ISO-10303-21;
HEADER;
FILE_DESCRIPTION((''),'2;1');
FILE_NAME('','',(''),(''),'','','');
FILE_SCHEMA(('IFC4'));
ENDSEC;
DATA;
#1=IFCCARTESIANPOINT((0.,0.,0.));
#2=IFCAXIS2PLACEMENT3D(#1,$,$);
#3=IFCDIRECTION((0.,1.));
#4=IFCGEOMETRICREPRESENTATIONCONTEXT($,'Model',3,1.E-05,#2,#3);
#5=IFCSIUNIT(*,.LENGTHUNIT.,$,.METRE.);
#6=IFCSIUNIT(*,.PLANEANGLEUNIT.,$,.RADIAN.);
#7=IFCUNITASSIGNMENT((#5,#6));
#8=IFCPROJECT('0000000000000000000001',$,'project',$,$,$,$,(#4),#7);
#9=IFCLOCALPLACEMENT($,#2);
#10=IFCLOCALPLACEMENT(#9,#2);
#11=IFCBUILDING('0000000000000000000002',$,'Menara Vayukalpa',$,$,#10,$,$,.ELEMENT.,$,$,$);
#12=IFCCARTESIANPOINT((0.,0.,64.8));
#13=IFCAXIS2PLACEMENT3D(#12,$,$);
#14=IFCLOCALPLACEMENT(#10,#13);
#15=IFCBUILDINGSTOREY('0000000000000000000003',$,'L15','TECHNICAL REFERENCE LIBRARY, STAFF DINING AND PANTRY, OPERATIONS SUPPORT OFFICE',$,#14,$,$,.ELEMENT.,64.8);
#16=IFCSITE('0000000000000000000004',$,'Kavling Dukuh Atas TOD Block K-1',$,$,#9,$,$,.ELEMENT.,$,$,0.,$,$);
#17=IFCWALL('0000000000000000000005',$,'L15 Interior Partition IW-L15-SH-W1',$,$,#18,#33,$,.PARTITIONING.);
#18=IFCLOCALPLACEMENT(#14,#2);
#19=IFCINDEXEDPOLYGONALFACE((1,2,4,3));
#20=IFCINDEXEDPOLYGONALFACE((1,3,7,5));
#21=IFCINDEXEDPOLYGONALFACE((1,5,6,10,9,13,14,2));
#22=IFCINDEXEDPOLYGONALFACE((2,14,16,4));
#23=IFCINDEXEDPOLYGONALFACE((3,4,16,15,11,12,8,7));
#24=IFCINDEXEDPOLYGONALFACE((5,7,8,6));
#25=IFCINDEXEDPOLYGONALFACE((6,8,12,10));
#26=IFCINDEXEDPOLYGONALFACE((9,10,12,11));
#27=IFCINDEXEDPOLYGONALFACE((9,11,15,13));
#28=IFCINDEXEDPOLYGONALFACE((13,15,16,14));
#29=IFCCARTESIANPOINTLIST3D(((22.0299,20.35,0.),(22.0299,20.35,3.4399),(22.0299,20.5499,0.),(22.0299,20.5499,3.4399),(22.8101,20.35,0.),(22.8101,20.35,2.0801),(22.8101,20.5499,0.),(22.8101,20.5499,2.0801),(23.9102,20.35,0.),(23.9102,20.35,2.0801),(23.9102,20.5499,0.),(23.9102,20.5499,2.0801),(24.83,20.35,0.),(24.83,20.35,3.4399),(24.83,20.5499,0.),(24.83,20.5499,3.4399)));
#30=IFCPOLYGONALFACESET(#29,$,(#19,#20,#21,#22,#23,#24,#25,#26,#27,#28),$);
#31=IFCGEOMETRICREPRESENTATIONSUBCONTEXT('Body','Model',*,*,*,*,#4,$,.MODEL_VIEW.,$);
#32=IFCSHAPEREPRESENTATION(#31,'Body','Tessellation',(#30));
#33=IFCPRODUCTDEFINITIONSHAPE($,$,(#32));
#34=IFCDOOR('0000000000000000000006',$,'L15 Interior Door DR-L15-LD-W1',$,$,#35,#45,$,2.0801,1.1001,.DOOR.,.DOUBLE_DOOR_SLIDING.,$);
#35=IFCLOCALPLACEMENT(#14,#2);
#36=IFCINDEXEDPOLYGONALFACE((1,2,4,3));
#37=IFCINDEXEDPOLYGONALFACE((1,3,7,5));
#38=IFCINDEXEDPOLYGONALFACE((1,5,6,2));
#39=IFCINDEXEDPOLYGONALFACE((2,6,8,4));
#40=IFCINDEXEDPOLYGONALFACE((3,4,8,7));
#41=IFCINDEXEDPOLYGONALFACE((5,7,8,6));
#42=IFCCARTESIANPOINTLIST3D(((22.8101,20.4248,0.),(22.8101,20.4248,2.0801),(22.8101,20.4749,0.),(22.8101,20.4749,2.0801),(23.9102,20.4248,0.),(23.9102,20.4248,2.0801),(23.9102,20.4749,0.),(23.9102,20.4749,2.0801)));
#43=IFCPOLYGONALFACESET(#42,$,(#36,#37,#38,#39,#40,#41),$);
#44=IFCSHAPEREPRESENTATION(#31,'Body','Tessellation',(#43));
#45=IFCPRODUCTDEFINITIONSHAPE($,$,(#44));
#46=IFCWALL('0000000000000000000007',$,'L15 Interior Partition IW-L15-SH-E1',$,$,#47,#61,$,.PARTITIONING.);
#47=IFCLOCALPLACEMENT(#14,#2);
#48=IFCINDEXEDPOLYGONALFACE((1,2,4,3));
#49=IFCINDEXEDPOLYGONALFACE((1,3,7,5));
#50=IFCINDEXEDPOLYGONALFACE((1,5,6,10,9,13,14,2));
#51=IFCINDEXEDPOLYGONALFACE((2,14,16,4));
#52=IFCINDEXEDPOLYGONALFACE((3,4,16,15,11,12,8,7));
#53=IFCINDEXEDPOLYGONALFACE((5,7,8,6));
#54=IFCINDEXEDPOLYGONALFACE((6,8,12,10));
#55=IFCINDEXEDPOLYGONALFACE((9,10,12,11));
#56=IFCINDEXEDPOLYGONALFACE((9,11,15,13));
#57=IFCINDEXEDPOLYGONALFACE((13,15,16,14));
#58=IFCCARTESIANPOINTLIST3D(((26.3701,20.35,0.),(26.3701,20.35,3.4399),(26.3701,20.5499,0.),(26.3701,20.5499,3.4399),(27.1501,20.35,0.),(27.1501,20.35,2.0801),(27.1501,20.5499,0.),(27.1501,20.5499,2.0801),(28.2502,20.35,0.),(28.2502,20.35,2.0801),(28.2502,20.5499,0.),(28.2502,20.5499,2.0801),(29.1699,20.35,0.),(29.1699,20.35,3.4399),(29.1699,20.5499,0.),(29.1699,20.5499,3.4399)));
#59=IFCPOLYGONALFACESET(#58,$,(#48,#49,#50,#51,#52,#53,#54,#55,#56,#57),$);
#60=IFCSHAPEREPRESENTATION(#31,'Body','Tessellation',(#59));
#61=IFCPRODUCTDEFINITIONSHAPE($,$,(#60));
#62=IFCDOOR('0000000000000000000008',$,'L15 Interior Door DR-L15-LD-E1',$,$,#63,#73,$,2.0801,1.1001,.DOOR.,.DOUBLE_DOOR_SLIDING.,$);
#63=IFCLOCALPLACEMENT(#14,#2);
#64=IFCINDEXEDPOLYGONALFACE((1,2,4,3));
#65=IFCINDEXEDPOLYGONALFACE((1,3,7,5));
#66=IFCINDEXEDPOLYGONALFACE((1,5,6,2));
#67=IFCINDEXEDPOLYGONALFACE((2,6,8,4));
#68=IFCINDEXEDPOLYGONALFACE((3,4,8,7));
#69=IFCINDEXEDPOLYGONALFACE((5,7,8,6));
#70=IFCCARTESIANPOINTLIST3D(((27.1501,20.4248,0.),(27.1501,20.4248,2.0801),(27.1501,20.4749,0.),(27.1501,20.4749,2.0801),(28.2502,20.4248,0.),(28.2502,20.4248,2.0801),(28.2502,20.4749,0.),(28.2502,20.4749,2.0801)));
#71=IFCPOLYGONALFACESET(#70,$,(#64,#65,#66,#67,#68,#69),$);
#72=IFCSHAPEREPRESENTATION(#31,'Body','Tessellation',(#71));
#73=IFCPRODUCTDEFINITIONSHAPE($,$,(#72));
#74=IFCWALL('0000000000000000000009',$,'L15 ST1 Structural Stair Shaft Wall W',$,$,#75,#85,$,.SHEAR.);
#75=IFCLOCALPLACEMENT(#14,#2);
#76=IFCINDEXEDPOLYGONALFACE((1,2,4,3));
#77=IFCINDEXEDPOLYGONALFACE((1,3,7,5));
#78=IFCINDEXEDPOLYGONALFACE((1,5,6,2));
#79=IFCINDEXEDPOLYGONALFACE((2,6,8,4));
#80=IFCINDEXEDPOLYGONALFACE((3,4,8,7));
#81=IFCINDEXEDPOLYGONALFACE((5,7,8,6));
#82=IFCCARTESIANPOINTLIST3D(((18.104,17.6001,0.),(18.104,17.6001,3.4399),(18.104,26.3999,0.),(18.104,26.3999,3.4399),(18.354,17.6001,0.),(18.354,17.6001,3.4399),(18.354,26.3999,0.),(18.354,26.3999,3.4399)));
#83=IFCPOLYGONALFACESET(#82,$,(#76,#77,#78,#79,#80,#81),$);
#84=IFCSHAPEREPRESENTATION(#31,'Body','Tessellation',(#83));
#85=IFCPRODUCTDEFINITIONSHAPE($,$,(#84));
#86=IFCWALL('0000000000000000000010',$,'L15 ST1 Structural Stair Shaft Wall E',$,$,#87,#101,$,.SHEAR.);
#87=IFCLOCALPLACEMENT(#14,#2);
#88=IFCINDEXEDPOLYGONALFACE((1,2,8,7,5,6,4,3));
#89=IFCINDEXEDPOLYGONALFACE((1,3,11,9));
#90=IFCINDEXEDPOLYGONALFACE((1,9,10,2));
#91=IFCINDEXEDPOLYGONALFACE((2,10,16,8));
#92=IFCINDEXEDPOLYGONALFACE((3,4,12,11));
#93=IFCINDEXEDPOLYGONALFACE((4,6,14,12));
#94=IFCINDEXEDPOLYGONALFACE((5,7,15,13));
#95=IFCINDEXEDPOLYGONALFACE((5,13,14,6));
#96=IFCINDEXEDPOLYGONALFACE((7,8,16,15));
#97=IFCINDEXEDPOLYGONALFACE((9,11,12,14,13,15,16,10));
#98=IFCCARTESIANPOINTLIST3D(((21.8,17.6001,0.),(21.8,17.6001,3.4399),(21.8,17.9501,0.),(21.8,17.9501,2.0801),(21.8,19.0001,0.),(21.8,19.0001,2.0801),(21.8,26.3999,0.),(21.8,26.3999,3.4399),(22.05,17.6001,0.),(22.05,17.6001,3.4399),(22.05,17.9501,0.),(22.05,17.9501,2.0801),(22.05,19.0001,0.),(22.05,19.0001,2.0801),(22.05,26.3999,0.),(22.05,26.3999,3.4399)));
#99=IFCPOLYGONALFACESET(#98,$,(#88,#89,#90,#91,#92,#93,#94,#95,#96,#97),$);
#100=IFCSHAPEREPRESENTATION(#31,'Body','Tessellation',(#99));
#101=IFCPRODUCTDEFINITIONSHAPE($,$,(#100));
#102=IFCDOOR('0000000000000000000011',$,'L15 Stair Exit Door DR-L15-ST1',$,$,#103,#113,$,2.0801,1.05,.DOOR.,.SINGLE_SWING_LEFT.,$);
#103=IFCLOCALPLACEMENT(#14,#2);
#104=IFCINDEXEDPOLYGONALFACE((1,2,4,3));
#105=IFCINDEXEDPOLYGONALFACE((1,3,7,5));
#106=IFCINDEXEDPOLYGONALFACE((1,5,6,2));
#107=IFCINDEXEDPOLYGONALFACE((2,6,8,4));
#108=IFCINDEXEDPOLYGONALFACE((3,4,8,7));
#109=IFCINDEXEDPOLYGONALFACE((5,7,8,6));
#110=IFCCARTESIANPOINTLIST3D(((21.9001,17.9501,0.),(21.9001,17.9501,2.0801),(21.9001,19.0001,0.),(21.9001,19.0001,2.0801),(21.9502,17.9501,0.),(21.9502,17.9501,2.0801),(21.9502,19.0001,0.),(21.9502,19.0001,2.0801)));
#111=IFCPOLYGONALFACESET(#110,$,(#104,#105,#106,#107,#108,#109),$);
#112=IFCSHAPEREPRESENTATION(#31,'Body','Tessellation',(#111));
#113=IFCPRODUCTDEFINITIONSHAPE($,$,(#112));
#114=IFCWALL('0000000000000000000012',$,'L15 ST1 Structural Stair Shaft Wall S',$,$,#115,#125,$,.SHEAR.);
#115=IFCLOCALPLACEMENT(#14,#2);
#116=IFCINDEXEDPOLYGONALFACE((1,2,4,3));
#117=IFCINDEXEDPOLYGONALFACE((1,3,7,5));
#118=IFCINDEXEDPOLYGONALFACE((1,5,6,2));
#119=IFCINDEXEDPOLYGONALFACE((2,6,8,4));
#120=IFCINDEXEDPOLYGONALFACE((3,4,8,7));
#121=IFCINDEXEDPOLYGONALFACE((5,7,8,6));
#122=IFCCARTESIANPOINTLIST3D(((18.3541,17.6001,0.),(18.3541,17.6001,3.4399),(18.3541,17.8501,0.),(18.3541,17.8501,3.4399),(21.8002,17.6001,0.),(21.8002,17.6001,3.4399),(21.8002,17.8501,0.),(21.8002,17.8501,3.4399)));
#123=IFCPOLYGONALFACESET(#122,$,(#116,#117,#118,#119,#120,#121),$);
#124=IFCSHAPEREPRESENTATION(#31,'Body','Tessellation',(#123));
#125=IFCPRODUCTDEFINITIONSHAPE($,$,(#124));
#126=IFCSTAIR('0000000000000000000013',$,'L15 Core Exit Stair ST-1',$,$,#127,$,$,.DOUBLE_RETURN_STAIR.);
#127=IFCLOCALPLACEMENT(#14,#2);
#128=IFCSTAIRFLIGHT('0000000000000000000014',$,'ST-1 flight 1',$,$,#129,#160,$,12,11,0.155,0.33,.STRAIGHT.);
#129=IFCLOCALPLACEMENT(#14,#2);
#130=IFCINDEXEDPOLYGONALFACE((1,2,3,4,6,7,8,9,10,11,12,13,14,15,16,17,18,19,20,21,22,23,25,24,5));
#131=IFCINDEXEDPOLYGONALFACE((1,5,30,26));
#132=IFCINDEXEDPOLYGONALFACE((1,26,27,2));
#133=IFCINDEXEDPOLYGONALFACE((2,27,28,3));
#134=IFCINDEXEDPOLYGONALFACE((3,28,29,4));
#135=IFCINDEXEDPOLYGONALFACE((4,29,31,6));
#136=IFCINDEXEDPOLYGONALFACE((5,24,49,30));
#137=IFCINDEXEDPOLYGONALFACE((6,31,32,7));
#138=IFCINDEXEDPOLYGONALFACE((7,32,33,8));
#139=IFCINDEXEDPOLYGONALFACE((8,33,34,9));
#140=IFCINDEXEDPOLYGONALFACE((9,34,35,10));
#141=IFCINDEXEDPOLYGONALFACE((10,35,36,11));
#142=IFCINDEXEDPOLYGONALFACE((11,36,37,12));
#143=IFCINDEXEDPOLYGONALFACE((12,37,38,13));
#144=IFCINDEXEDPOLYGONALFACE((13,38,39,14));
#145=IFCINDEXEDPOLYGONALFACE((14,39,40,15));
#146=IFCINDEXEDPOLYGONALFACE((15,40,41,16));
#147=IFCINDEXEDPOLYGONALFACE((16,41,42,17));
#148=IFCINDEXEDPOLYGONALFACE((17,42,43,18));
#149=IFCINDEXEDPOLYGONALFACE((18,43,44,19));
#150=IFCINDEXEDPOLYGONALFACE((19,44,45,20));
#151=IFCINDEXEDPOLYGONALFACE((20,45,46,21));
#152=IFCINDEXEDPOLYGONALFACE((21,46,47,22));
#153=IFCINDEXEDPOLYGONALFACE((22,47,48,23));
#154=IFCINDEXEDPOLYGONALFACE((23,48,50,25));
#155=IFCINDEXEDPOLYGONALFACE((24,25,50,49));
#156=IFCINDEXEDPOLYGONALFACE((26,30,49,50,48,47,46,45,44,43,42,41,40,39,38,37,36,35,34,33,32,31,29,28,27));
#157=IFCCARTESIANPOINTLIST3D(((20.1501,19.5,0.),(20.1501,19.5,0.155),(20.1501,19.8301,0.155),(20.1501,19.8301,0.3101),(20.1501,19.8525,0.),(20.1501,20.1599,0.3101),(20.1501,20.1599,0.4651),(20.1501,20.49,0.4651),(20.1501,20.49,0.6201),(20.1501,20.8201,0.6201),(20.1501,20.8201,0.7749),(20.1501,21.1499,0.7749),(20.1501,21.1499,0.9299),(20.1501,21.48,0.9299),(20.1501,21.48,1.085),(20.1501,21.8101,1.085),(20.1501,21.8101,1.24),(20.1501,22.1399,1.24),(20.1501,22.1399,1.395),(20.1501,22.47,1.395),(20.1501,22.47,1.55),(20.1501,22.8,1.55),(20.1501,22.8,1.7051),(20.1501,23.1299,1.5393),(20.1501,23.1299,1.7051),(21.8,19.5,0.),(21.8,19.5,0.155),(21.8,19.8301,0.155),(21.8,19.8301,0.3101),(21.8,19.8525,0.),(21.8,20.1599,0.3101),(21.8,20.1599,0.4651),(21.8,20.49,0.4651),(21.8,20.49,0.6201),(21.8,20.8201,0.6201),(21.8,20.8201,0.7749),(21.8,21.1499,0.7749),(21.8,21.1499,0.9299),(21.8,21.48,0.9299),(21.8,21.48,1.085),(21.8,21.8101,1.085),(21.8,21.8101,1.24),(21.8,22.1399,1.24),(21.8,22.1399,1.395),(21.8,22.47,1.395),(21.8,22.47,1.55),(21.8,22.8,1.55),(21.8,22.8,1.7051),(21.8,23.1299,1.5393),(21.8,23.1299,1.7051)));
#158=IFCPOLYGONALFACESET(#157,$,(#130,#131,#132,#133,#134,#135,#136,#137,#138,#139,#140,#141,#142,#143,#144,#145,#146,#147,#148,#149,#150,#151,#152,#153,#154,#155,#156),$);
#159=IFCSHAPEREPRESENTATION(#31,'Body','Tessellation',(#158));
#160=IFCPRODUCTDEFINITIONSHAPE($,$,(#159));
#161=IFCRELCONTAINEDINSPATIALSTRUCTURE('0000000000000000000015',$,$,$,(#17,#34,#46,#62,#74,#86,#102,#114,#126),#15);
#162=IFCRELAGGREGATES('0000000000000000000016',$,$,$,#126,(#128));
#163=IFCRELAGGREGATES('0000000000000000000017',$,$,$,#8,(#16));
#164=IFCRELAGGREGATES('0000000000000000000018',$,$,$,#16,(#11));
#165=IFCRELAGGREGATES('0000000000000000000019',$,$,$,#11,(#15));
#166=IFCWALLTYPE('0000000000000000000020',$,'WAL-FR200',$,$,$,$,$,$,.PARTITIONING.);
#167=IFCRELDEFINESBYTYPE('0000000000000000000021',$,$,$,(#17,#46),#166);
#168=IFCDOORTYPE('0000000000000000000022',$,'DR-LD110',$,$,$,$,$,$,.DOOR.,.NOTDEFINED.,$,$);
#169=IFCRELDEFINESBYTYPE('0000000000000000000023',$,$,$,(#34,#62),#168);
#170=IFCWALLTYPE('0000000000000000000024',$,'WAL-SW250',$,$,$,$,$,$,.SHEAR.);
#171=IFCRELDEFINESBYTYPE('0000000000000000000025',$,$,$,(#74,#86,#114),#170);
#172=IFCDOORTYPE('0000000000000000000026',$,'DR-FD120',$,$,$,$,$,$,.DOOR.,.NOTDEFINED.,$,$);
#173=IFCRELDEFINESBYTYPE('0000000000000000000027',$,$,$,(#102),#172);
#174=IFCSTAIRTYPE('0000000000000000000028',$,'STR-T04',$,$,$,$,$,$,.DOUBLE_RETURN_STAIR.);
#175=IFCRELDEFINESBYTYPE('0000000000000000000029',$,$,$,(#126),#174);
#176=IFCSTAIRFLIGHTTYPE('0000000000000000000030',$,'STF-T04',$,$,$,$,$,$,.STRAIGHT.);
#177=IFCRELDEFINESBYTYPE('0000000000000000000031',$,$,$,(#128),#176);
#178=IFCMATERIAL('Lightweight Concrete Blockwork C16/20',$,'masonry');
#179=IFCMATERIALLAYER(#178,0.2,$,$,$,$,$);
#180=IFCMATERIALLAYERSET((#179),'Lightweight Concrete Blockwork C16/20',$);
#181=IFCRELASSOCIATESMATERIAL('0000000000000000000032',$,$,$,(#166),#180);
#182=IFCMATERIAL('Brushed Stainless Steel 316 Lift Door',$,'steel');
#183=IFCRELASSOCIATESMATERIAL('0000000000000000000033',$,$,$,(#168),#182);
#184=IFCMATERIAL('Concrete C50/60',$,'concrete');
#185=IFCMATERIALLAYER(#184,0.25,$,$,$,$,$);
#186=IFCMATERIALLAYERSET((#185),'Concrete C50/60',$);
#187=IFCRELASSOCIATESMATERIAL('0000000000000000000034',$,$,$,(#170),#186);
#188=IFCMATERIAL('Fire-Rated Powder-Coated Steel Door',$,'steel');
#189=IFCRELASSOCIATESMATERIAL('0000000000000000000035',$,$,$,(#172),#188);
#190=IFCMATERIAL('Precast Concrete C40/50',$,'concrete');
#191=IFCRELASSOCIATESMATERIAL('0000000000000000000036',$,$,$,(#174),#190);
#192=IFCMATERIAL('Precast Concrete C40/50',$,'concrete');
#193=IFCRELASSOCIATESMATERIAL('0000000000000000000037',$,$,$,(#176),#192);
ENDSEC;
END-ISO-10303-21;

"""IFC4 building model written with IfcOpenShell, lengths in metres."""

from ifc_helpers import new_model, si_unit, direction, frame, frame_2d, origin, place, context, subcontext, project, spatial, polyline, rectangle, outline, extrude, material, layer, layer_set, type_object, element, fill, aggregate, save


model = new_model("IFC4")

# Units and contexts
model_context = context("Model", 3, precision=1e-05, world=origin(), true_north=direction((0.0, 1.0)))
body_context = subcontext(model_context, "Body", "Model", "MODEL_VIEW")
ifc_project = project(units=[si_unit("LENGTHUNIT", "METRE"), si_unit("PLANEANGLEUNIT", "RADIAN")], contexts=[model_context])

# Site, building, storey
site_placement = place(None, origin())
site = spatial("IfcSite", under=ifc_project, at=site_placement, Name="Kavling Dukuh Atas TOD Block K-1", CompositionType="ELEMENT", RefElevation=0.0)
building_placement = place(site_placement, origin())
building = spatial("IfcBuilding", under=site, at=building_placement, Name="Menara Vayukalpa", CompositionType="ELEMENT")
storey_placement = place(building_placement, frame((0.0, 0.0, 64.8)))
storey = spatial("IfcBuildingStorey", under=building, at=storey_placement, Name="L15", Description="TECHNICAL REFERENCE LIBRARY, STAFF DINING AND PANTRY, OPERATIONS SUPPORT OFFICE", CompositionType="ELEMENT", Elevation=64.8)

# Walls, openings, doors
ifc_material_1 = material(Name="Lightweight Concrete Blockwork C16/20", Category="masonry")
ifc_layer_1 = layer(ifc_material_1, 0.2)
ifc_layer_set_1 = layer_set([ifc_layer_1], Name="Lightweight Concrete Blockwork C16/20")
wall_type_1 = type_object("IfcWallType", Name="WAL-FR200", PredefinedType="PARTITIONING", material=ifc_layer_set_1)
wall_1_placement = place(storey_placement, frame((22.03, 20.45, 0.0), z_axis=(0.0, 0.0, 1.0), x_axis=(1.0, 0.0, 0.0)))
wall_1 = element("IfcWall", 1, at=wall_1_placement, inside=storey, type_object=wall_type_1, Name="L15 Interior Partition IW-L15-SH-W1", PredefinedType="PARTITIONING", context=body_context, shape_type="SweptSolid", body=[
    extrude(rectangle(XDim=2.8, YDim=0.2, at=frame_2d((1.3999, 0.0))), origin(), (0.0, 0.0, 1.0), 3.4399),
])
opening_1_placement = place(wall_1_placement, frame((0.78, 0.0, 0.0)))
opening_1 = element("IfcOpeningElement", 2, at=opening_1_placement, cuts=wall_1, PredefinedType="OPENING", context=body_context, shape_type="SweptSolid", body=[
    extrude(rectangle(XDim=1.1001, YDim=2.0801, at=frame_2d((0.55, 1.04))), frame((0.0, 0.1099, 0.0), z_axis=(0.0, -1.0, 0.0), x_axis=(1.0, 0.0, 0.0)), (0.0, 0.0, 1.0), 0.22),
])
ifc_material_2 = material(Name="Brushed Stainless Steel 316 Lift Door", Category="steel")
door_type_1 = type_object("IfcDoorType", Name="DR-LD110", OperationType="NOTDEFINED", PredefinedType="DOOR", material=ifc_material_2)
door_1_placement = place(opening_1_placement, origin())
door_1 = element("IfcDoor", 3, at=door_1_placement, inside=storey, type_object=door_type_1, Name="L15 Interior Door DR-L15-LD-W1", OperationType="DOUBLE_DOOR_SLIDING", OverallHeight=2.0801, OverallWidth=1.1001, PredefinedType="DOOR", context=body_context, shape_type="SweptSolid", body=[
    extrude(rectangle(XDim=1.1001, YDim=2.0801, at=frame_2d((0.55, 1.04))), frame((0.0, 0.0249, 0.0), z_axis=(0.0, -1.0, 0.0), x_axis=(1.0, 0.0, 0.0)), (0.0, 0.0, 1.0), 0.05),
])
fill(opening_1, door_1)
wall_2_placement = place(storey_placement, frame((26.3701, 20.45, 0.0), z_axis=(0.0, 0.0, 1.0), x_axis=(1.0, 0.0, 0.0)))
wall_2 = element("IfcWall", 4, at=wall_2_placement, inside=storey, type_object=wall_type_1, Name="L15 Interior Partition IW-L15-SH-E1", PredefinedType="PARTITIONING", context=body_context, shape_type="SweptSolid", body=[
    extrude(rectangle(XDim=2.7998, YDim=0.2, at=frame_2d((1.3999, 0.0))), origin(), (0.0, 0.0, 1.0), 3.4399),
])
opening_2_placement = place(wall_2_placement, frame((0.78, 0.0, 0.0)))
opening_2 = element("IfcOpeningElement", 5, at=opening_2_placement, cuts=wall_2, PredefinedType="OPENING", context=body_context, shape_type="SweptSolid", body=[
    extrude(rectangle(XDim=1.1001, YDim=2.0801, at=frame_2d((0.55, 1.04))), frame((0.0, 0.1099, 0.0), z_axis=(0.0, -1.0, 0.0), x_axis=(1.0, 0.0, 0.0)), (0.0, 0.0, 1.0), 0.22),
])
door_2_placement = place(opening_2_placement, origin())
door_2 = element("IfcDoor", 6, at=door_2_placement, inside=storey, type_object=door_type_1, Name="L15 Interior Door DR-L15-LD-E1", OperationType="DOUBLE_DOOR_SLIDING", OverallHeight=2.0801, OverallWidth=1.1001, PredefinedType="DOOR", context=body_context, shape_type="SweptSolid", body=[
    extrude(rectangle(XDim=1.1001, YDim=2.0801, at=frame_2d((0.55, 1.04))), frame((0.0, 0.0249, 0.0), z_axis=(0.0, -1.0, 0.0), x_axis=(1.0, 0.0, 0.0)), (0.0, 0.0, 1.0), 0.05),
])
fill(opening_2, door_2)

# Wall
ifc_material_3 = material(Name="Concrete C50/60", Category="concrete")
ifc_layer_2 = layer(ifc_material_3, 0.25)
ifc_layer_set_2 = layer_set([ifc_layer_2], Name="Concrete C50/60")
wall_type_2 = type_object("IfcWallType", Name="WAL-SW250", PredefinedType="SHEAR", material=ifc_layer_set_2)
wall_3_placement = place(storey_placement, frame((18.229, 17.6001, 0.0), z_axis=(0.0, 0.0, 1.0), x_axis=(0.0, 1.0, 0.0)))
element("IfcWall", 7, at=wall_3_placement, inside=storey, type_object=wall_type_2, Name="L15 ST1 Structural Stair Shaft Wall W", PredefinedType="SHEAR", context=body_context, shape_type="SweptSolid", body=[
    extrude(rectangle(XDim=8.7998, YDim=0.25, at=frame_2d((4.3999, 0.0))), origin(), (0.0, 0.0, 1.0), 3.4399),
])

# Wall, opening, door
wall_4_placement = place(storey_placement, frame((21.925, 17.6001, 0.0), z_axis=(0.0, 0.0, 1.0), x_axis=(0.0, 1.0, 0.0)))
wall_4 = element("IfcWall", 8, at=wall_4_placement, inside=storey, type_object=wall_type_2, Name="L15 ST1 Structural Stair Shaft Wall E", PredefinedType="SHEAR", context=body_context, shape_type="SweptSolid", body=[
    extrude(rectangle(XDim=8.7998, YDim=0.25, at=frame_2d((4.3999, 0.0))), origin(), (0.0, 0.0, 1.0), 3.4399),
])
opening_3_placement = place(wall_4_placement, frame((0.3501, 0.0, 0.0)))
opening_3 = element("IfcOpeningElement", 9, at=opening_3_placement, cuts=wall_4, PredefinedType="OPENING", context=body_context, shape_type="SweptSolid", body=[
    extrude(rectangle(XDim=1.05, YDim=2.0801, at=frame_2d((0.5249, 1.04))), frame((0.0, 0.135, 0.0), z_axis=(0.0, -1.0, 0.0), x_axis=(1.0, 0.0, 0.0)), (0.0, 0.0, 1.0), 0.27),
])
ifc_material_4 = material(Name="Fire-Rated Powder-Coated Steel Door", Category="steel")
door_type_2 = type_object("IfcDoorType", Name="DR-FD120", OperationType="NOTDEFINED", PredefinedType="DOOR", material=ifc_material_4)
door_3_placement = place(opening_3_placement, origin())
door_3 = element("IfcDoor", 10, at=door_3_placement, inside=storey, type_object=door_type_2, Name="L15 Stair Exit Door DR-L15-ST1", OperationType="SINGLE_SWING_LEFT", OverallHeight=2.0801, OverallWidth=1.05, PredefinedType="DOOR", context=body_context, shape_type="SweptSolid", body=[
    extrude(rectangle(XDim=1.05, YDim=2.0801, at=frame_2d((0.5249, 1.04))), frame((0.0, 0.0249, 0.0), z_axis=(0.0, -1.0, 0.0), x_axis=(1.0, 0.0, 0.0)), (0.0, 0.0, 1.0), 0.05),
])
fill(opening_3, door_3)

# Wall
wall_5_placement = place(storey_placement, frame((18.354, 17.7251, 0.0), z_axis=(0.0, 0.0, 1.0), x_axis=(1.0, 0.0, 0.0)))
element("IfcWall", 11, at=wall_5_placement, inside=storey, type_object=wall_type_2, Name="L15 ST1 Structural Stair Shaft Wall S", PredefinedType="SHEAR", context=body_context, shape_type="SweptSolid", body=[
    extrude(rectangle(XDim=3.446, YDim=0.25, at=frame_2d((1.7231, 0.0))), origin(), (0.0, 0.0, 1.0), 3.4399),
])

# Stair, stair flight
ifc_material_5 = material(Name="Precast Concrete C40/50", Category="concrete")
stair_type = type_object("IfcStairType", Name="STR-T04", PredefinedType="DOUBLE_RETURN_STAIR", material=ifc_material_5)
stair_placement = place(storey_placement, origin())
stair = element("IfcStair", 12, at=stair_placement, inside=storey, type_object=stair_type, Name="L15 Core Exit Stair ST-1", PredefinedType="DOUBLE_RETURN_STAIR")
ifc_material_6 = material(Name="Precast Concrete C40/50", Category="concrete")
stair_flight_type = type_object("IfcStairFlightType", Name="STF-T04", PredefinedType="STRAIGHT", material=ifc_material_6)
stair_flight_placement = place(storey_placement, frame((20.9751, 19.5, 0.0), z_axis=(0.0, 0.0, 1.0), x_axis=(0.0, 1.0, 0.0)))
stair_flight = element("IfcStairFlight", 13, at=stair_flight_placement, type_object=stair_flight_type, Name="ST-1 flight 1", NumberOfRisers=12, NumberOfTreads=11, PredefinedType="STRAIGHT", RiserHeight=0.155, TreadLength=0.33, context=body_context, shape_type="SweptSolid", body=[
    extrude(outline(polyline([(0.0, 0.0), (0.0, 0.155), (0.3301, 0.155), (0.3301, 0.3101), (0.6599, 0.3101), (0.6599, 0.4651), (0.99, 0.4651), (0.99, 0.6201), (1.3201, 0.6201), (1.3201, 0.7749), (1.6499, 0.7749), (1.6499, 0.9299), (1.98, 0.9299), (1.98, 1.085), (2.3101, 1.085), (2.3101, 1.24), (2.6399, 1.24), (2.6399, 1.395), (2.97, 1.395), (2.97, 1.55), (3.3, 1.55), (3.3, 1.7051), (3.6299, 1.7051), (3.6299, 1.8601), (3.6299, 1.5393), (0.3525, 0.0), (0.0, 0.0)])), frame((0.0, 0.825, 0.0), z_axis=(0.0, -1.0, 0.0), x_axis=(1.0, 0.0, 0.0)), (0.0, 0.0, 1.0), 1.6499),
])
aggregate(stair, [stair_flight])

save(model, "model.ifc")
